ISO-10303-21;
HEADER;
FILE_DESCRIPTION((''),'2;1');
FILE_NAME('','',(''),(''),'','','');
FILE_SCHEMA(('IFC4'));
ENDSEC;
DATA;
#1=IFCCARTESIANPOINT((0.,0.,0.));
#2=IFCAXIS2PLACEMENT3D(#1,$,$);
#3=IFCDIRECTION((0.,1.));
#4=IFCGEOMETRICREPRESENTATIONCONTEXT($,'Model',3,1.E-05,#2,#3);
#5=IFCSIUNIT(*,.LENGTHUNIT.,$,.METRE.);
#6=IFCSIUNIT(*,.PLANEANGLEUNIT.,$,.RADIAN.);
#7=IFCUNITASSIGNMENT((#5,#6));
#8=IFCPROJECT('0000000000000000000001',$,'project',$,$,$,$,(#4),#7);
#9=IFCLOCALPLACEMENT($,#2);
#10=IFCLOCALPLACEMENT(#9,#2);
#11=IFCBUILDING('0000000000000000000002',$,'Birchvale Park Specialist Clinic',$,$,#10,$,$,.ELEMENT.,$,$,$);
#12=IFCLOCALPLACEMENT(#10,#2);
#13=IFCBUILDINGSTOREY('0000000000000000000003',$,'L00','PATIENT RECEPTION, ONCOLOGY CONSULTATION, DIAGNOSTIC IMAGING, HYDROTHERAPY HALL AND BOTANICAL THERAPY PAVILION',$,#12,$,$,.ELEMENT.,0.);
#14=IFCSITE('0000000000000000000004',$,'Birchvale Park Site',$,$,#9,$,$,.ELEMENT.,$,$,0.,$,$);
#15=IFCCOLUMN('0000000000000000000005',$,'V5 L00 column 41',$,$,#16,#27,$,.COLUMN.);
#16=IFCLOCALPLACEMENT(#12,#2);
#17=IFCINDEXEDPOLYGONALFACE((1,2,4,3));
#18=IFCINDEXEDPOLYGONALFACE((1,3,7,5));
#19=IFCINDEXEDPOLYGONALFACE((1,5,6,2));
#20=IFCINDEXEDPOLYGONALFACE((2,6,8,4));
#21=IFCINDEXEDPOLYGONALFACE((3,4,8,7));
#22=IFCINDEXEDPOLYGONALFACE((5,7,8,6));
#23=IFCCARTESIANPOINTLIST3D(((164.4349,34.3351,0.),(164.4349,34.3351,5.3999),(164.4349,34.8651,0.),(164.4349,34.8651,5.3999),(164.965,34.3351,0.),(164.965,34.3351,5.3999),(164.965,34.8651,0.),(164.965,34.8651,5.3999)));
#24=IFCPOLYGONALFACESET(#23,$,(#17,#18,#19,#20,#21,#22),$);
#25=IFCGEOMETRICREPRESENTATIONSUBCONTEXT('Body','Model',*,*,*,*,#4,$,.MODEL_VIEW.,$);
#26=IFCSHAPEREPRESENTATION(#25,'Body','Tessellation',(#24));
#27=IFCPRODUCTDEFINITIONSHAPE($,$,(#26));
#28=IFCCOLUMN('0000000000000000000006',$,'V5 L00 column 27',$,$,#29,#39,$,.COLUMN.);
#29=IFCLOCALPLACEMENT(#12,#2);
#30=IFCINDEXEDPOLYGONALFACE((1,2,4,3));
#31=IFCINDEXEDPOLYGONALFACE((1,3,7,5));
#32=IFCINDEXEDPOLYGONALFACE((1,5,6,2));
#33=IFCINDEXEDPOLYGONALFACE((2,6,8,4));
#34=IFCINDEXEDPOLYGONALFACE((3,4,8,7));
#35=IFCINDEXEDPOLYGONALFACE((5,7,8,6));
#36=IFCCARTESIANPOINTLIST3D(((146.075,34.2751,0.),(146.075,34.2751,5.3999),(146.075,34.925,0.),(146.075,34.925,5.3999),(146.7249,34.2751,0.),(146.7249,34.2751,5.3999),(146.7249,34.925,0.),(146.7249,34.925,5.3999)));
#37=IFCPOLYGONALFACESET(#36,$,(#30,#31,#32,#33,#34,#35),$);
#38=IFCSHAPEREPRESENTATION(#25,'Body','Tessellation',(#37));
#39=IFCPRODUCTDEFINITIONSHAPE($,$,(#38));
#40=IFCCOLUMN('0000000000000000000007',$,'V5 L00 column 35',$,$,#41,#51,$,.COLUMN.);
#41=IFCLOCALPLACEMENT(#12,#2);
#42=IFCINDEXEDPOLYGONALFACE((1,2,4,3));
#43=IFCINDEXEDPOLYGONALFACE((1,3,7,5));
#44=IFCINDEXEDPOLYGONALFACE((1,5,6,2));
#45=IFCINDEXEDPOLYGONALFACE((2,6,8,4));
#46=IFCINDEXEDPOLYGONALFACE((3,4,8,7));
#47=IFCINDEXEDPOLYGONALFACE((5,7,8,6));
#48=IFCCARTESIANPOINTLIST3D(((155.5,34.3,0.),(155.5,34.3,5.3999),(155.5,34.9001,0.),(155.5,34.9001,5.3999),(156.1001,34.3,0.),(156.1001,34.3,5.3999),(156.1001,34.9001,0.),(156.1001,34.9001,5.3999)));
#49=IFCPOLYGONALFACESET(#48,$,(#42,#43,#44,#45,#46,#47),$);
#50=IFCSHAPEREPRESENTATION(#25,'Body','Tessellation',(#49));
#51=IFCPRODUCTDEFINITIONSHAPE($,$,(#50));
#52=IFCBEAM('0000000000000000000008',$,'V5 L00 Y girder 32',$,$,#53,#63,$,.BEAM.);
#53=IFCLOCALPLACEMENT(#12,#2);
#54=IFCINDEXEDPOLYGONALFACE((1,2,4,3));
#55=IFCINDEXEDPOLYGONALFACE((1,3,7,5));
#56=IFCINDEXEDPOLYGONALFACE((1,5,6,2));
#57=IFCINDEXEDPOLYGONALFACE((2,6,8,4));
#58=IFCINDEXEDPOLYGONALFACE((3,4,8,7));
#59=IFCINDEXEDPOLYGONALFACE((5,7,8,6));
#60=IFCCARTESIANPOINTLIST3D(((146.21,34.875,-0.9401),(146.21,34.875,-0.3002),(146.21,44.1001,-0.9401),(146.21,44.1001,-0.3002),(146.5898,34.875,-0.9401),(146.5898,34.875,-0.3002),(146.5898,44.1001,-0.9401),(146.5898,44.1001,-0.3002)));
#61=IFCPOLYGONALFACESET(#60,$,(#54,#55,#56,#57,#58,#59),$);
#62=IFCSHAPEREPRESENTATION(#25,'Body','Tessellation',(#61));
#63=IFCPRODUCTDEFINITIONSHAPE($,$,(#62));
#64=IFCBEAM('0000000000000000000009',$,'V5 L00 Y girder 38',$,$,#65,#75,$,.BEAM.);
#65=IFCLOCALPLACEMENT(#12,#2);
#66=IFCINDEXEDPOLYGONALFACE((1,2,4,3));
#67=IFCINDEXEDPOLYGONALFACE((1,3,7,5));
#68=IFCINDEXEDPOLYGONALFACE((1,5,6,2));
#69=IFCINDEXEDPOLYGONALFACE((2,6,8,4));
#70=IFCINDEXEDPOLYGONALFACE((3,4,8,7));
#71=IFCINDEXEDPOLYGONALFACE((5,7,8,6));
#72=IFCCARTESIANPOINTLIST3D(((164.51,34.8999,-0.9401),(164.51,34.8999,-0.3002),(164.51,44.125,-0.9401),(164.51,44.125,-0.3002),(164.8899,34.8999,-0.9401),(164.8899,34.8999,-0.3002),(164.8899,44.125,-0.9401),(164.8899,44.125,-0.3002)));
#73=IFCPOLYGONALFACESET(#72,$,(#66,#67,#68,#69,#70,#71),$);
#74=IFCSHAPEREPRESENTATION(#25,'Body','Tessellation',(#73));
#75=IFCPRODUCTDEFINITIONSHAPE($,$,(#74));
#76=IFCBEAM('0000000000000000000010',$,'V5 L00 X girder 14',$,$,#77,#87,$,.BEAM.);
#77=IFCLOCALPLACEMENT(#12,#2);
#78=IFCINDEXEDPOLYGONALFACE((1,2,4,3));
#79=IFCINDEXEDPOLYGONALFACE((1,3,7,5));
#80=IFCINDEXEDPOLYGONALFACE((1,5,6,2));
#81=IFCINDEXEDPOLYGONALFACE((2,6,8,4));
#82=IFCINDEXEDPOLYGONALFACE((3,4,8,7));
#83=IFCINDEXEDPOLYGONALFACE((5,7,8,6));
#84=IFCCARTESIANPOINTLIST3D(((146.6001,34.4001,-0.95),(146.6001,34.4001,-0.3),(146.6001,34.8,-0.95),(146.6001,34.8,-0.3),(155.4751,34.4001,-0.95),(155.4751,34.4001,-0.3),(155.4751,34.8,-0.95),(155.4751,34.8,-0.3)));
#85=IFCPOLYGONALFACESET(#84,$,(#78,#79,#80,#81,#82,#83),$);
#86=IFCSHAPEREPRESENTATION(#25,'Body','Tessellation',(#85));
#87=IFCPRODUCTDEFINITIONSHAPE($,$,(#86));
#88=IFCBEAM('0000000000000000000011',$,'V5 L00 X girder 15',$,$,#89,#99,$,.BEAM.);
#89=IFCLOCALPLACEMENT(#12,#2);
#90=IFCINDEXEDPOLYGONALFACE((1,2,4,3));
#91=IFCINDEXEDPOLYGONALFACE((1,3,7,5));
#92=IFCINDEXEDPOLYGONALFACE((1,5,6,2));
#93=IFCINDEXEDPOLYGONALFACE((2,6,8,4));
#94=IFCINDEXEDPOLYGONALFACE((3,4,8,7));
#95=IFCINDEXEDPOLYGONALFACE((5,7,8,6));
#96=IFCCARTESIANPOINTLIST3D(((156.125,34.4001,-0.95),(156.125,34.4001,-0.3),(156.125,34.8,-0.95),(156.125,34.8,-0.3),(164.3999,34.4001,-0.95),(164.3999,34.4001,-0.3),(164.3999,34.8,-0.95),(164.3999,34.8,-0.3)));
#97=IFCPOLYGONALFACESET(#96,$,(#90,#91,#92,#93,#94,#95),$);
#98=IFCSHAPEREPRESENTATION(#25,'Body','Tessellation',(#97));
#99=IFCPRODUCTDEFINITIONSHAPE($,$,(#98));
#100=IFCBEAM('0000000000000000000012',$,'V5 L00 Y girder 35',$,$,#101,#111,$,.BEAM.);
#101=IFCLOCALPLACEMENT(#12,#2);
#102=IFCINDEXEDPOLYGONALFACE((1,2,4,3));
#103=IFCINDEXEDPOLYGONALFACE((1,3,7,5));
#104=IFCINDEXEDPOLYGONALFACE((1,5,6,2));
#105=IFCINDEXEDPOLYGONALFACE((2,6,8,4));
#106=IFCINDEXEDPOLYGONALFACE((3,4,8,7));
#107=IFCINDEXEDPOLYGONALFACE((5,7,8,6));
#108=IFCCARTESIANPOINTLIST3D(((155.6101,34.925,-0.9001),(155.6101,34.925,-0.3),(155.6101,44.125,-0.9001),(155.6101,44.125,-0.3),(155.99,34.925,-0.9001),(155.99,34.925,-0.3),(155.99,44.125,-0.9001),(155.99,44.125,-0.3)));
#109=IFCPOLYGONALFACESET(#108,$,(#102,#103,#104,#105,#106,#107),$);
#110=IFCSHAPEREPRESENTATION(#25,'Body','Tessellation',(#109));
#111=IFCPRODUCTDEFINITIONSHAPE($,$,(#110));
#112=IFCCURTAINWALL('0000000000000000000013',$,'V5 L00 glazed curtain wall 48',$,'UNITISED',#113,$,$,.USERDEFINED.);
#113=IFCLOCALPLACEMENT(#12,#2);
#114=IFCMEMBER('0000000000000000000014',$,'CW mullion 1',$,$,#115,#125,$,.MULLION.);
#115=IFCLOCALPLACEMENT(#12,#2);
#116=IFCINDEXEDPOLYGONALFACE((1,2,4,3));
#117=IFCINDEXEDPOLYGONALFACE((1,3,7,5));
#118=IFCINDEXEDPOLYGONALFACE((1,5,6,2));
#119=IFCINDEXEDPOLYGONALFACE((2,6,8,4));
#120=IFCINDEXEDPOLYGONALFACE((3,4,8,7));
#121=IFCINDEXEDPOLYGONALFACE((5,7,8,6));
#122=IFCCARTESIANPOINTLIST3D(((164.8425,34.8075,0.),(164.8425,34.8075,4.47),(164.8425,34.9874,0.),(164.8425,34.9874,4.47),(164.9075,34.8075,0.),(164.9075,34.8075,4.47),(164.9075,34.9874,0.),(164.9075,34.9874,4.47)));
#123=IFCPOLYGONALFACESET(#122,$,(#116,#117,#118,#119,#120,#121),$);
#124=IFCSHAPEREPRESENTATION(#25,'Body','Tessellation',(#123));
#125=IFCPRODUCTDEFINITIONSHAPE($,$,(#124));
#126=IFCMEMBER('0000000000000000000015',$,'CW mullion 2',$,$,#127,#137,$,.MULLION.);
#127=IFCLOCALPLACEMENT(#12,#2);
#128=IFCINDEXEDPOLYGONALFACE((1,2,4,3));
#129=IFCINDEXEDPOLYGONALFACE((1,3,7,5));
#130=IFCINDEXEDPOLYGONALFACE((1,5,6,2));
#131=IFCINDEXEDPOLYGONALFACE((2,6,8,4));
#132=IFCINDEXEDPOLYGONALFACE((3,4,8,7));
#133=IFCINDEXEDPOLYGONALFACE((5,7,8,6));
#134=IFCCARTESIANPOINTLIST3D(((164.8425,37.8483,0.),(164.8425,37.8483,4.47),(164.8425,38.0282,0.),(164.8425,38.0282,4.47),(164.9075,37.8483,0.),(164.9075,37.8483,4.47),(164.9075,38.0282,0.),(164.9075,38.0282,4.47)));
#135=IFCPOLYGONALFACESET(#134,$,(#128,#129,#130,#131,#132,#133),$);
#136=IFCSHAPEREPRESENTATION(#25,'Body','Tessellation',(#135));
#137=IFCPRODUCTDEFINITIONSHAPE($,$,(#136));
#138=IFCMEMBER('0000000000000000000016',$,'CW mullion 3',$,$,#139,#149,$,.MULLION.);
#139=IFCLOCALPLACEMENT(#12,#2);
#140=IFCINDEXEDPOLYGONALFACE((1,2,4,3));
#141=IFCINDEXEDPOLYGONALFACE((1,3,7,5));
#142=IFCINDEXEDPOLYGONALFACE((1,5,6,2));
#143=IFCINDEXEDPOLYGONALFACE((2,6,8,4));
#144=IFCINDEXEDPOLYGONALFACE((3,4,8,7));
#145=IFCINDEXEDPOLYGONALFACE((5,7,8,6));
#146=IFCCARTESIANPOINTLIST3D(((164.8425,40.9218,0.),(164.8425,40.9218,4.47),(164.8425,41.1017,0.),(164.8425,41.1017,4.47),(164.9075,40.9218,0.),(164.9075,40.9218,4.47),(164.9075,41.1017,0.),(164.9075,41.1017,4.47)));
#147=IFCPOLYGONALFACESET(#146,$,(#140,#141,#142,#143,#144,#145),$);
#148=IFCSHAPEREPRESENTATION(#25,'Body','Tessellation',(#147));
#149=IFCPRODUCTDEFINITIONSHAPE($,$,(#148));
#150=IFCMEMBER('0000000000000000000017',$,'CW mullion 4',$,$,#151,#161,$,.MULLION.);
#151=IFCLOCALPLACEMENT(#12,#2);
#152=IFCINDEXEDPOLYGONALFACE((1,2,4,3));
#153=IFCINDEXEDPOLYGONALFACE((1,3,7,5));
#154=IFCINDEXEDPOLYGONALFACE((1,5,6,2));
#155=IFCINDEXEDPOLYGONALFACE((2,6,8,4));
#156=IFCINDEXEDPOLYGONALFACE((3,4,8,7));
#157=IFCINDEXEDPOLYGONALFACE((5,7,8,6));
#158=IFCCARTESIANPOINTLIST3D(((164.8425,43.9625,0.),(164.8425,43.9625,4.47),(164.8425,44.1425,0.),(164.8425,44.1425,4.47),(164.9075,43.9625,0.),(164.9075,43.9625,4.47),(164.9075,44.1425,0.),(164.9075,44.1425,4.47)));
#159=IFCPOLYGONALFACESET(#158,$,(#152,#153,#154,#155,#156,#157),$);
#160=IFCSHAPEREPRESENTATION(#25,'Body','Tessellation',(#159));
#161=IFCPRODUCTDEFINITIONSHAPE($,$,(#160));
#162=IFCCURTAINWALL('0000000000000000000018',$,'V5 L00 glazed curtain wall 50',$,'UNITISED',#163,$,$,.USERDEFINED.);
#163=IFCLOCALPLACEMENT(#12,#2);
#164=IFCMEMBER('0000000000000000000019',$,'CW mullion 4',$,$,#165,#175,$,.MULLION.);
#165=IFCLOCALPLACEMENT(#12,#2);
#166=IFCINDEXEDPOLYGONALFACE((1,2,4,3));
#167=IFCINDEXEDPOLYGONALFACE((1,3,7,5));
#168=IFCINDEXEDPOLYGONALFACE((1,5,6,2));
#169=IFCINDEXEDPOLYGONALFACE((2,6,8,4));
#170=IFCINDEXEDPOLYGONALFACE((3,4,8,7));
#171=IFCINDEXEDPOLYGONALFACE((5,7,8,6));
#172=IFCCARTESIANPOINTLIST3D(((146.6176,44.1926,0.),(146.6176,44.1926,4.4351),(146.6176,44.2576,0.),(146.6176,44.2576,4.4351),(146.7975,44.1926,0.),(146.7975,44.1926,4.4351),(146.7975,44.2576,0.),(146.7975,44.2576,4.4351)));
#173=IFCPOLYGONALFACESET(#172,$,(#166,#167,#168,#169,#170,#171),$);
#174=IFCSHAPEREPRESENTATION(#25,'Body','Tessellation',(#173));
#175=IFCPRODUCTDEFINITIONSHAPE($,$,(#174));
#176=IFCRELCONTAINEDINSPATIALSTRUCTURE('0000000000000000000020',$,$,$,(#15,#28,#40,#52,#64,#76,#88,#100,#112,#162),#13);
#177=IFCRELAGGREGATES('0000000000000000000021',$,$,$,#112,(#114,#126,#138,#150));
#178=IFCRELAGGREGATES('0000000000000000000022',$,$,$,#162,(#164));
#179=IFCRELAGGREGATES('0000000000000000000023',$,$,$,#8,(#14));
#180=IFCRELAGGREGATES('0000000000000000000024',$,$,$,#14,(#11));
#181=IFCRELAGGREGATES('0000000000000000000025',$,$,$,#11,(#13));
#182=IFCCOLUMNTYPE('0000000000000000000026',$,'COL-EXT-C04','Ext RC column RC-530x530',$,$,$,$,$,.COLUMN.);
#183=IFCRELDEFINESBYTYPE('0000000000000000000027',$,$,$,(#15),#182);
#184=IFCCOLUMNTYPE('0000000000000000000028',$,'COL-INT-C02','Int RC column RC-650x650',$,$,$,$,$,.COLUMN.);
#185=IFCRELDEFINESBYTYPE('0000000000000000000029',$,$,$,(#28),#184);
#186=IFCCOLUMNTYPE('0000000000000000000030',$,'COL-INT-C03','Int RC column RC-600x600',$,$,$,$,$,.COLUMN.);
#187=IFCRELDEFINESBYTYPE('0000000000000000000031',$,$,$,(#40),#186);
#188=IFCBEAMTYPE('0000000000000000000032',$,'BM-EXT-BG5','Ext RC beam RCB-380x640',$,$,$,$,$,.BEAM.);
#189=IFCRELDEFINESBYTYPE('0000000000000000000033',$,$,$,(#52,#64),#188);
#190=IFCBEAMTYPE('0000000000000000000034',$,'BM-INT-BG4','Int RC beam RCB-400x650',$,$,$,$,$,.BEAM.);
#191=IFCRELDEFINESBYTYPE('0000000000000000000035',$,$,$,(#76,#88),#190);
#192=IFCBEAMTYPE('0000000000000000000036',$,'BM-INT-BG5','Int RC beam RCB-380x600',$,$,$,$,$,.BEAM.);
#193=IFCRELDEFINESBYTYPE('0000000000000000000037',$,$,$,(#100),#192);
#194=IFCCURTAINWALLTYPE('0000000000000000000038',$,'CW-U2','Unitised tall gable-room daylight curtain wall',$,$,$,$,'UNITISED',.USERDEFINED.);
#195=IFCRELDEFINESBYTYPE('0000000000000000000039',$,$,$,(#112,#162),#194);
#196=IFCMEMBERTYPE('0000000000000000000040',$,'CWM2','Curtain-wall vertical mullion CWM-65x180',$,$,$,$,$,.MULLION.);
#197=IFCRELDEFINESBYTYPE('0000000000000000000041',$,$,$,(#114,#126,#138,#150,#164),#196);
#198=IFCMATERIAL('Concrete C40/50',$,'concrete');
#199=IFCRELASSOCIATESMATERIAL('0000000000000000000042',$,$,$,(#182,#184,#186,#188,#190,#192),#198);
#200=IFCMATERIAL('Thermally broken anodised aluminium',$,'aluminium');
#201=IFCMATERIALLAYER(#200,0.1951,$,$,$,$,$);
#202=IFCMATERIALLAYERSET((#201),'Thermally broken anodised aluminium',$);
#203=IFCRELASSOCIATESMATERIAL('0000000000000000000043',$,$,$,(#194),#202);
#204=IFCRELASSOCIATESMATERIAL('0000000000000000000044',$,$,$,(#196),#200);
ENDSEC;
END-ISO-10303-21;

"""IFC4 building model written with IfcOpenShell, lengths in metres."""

from ifc_helpers import new_model, si_unit, direction, frame, origin, origin_2d, place, context, subcontext, project, spatial, rectangle, extrude, material, layer, layer_set, material_profile, profile_set, type_object, element, aggregate, save


model = new_model("IFC4")

# Units and contexts
model_context = context("Model", 3, precision=1e-05, world=origin(), true_north=direction((0.0, 1.0)))
body_context = subcontext(model_context, "Body", "Model", "MODEL_VIEW")
ifc_project = project(units=[si_unit("LENGTHUNIT", "METRE"), si_unit("PLANEANGLEUNIT", "RADIAN")], contexts=[model_context])

# Site, building, storey
site_placement = place(None, origin())
site = spatial("IfcSite", under=ifc_project, at=site_placement, Name="Birchvale Park Site", CompositionType="ELEMENT", RefElevation=0.0)
building_placement = place(site_placement, origin())
building = spatial("IfcBuilding", under=site, at=building_placement, Name="Birchvale Park Specialist Clinic", CompositionType="ELEMENT")
storey_placement = place(building_placement, origin())
storey = spatial("IfcBuildingStorey", under=building, at=storey_placement, Name="L00", Description="PATIENT RECEPTION, ONCOLOGY CONSULTATION, DIAGNOSTIC IMAGING, HYDROTHERAPY HALL AND BOTANICAL THERAPY PAVILION", CompositionType="ELEMENT", Elevation=0.0)

# Columns
ifc_material_1 = material(Name="Concrete C40/50", Category="concrete")
ifc_material_profile_1 = material_profile(ifc_material_1, rectangle(XDim=0.53, YDim=0.53, at=origin_2d()), Name="RC-530x530")
ifc_profile_set_1 = profile_set([ifc_material_profile_1], Name="Concrete C40/50")
column_type_1 = type_object("IfcColumnType", Name="COL-EXT-C04", Description="Ext RC column RC-530x530", PredefinedType="COLUMN", material=ifc_profile_set_1)
column_1_placement = place(storey_placement, frame((164.7, 34.6001, 0.0), z_axis=(0.0, 0.0, 1.0), x_axis=(1.0, 0.0, 0.0)))
element("IfcColumn", 1, at=column_1_placement, inside=storey, type_object=column_type_1, Name="V5 L00 column 41", PredefinedType="COLUMN", context=body_context, shape_type="SweptSolid", body=[
    extrude(rectangle(XDim=0.53, YDim=0.53, at=origin_2d()), origin(), (0.0, 0.0, 1.0), 5.3999),
])
ifc_material_profile_2 = material_profile(ifc_material_1, rectangle(XDim=0.6499, YDim=0.6499, at=origin_2d()), Name="RC-650x650")
ifc_profile_set_2 = profile_set([ifc_material_profile_2], Name="Concrete C40/50")
column_type_2 = type_object("IfcColumnType", Name="COL-INT-C02", Description="Int RC column RC-650x650", PredefinedType="COLUMN", material=ifc_profile_set_2)
column_2_placement = place(storey_placement, frame((146.3999, 34.6001, 0.0), z_axis=(0.0, 0.0, 1.0), x_axis=(1.0, 0.0, 0.0)))
element("IfcColumn", 2, at=column_2_placement, inside=storey, type_object=column_type_2, Name="V5 L00 column 27", PredefinedType="COLUMN", context=body_context, shape_type="SweptSolid", body=[
    extrude(rectangle(XDim=0.6499, YDim=0.6499, at=origin_2d()), origin(), (0.0, 0.0, 1.0), 5.3999),
])
ifc_material_profile_3 = material_profile(ifc_material_1, rectangle(XDim=0.6001, YDim=0.6001, at=origin_2d()), Name="RC-600x600")
ifc_profile_set_3 = profile_set([ifc_material_profile_3], Name="Concrete C40/50")
column_type_3 = type_object("IfcColumnType", Name="COL-INT-C03", Description="Int RC column RC-600x600", PredefinedType="COLUMN", material=ifc_profile_set_3)
column_3_placement = place(storey_placement, frame((155.8, 34.6001, 0.0), z_axis=(0.0, 0.0, 1.0), x_axis=(1.0, 0.0, 0.0)))
element("IfcColumn", 3, at=column_3_placement, inside=storey, type_object=column_type_3, Name="V5 L00 column 35", PredefinedType="COLUMN", context=body_context, shape_type="SweptSolid", body=[
    extrude(rectangle(XDim=0.6001, YDim=0.6001, at=origin_2d()), origin(), (0.0, 0.0, 1.0), 5.3999),
])

# Beams
ifc_material_profile_4 = material_profile(ifc_material_1, rectangle(XDim=0.3799, YDim=0.6399, at=origin_2d()), Name="RCB-380x640")
ifc_profile_set_4 = profile_set([ifc_material_profile_4], Name="Concrete C40/50")
beam_type_1 = type_object("IfcBeamType", Name="BM-EXT-BG5", Description="Ext RC beam RCB-380x640", PredefinedType="BEAM", material=ifc_profile_set_4)
for number, where, z_axis, x_axis, name in (
    (4, (146.3999, 34.875, -0.6201), (0.0, 1.0, 0.0), (-1.0, 0.0, 0.0), "V5 L00 Y girder 32"),
    (5, (164.7, 34.8999, -0.6201), (0.0, 1.0, 0.0), (-1.0, 0.0, 0.0), "V5 L00 Y girder 38"),
):
    element("IfcBeam", number, at=place(storey_placement, frame(where, z_axis=z_axis, x_axis=x_axis)), inside=storey, type_object=beam_type_1, Name=name, PredefinedType="BEAM", context=body_context, shape_type="SweptSolid", body=[
        extrude(rectangle(XDim=0.3799, YDim=0.6399, at=origin_2d()), origin(), (0.0, 0.0, 1.0), 9.2251),
    ])
ifc_material_profile_5 = material_profile(ifc_material_1, rectangle(XDim=0.3999, YDim=0.6499, at=origin_2d()), Name="RCB-400x650")
ifc_profile_set_5 = profile_set([ifc_material_profile_5], Name="Concrete C40/50")
beam_type_2 = type_object("IfcBeamType", Name="BM-INT-BG4", Description="Int RC beam RCB-400x650", PredefinedType="BEAM", material=ifc_profile_set_5)
beam_1_placement = place(storey_placement, frame((146.6001, 34.6001, -0.625), z_axis=(1.0, 0.0, 0.0), x_axis=(0.0, 1.0, 0.0)))
element("IfcBeam", 6, at=beam_1_placement, inside=storey, type_object=beam_type_2, Name="V5 L00 X girder 14", PredefinedType="BEAM", context=body_context, shape_type="SweptSolid", body=[
    extrude(rectangle(XDim=0.3999, YDim=0.6499, at=origin_2d()), origin(), (0.0, 0.0, 1.0), 8.875),
])
beam_2_placement = place(storey_placement, frame((156.125, 34.6001, -0.625), z_axis=(1.0, 0.0, 0.0), x_axis=(0.0, 1.0, 0.0)))
element("IfcBeam", 7, at=beam_2_placement, inside=storey, type_object=beam_type_2, Name="V5 L00 X girder 15", PredefinedType="BEAM", context=body_context, shape_type="SweptSolid", body=[
    extrude(rectangle(XDim=0.3999, YDim=0.6499, at=origin_2d()), origin(), (0.0, 0.0, 1.0), 8.2749),
])
ifc_material_profile_6 = material_profile(ifc_material_1, rectangle(XDim=0.3799, YDim=0.6001, at=origin_2d()), Name="RCB-380x600")
ifc_profile_set_6 = profile_set([ifc_material_profile_6], Name="Concrete C40/50")
beam_type_3 = type_object("IfcBeamType", Name="BM-INT-BG5", Description="Int RC beam RCB-380x600", PredefinedType="BEAM", material=ifc_profile_set_6)
beam_3_placement = place(storey_placement, frame((155.8, 34.925, -0.6001), z_axis=(0.0, 1.0, 0.0), x_axis=(-1.0, 0.0, 0.0)))
element("IfcBeam", 8, at=beam_3_placement, inside=storey, type_object=beam_type_3, Name="V5 L00 Y girder 35", PredefinedType="BEAM", context=body_context, shape_type="SweptSolid", body=[
    extrude(rectangle(XDim=0.3799, YDim=0.6001, at=origin_2d()), origin(), (0.0, 0.0, 1.0), 9.2),
])

# Curtain wall, members
ifc_material_2 = material(Name="Thermally broken anodised aluminium", Category="aluminium")
ifc_layer_1 = layer(ifc_material_2, 0.1951)
ifc_layer_set_1 = layer_set([ifc_layer_1], Name="Thermally broken anodised aluminium")
curtain_wall_type = type_object("IfcCurtainWallType", Name="CW-U2", Description="Unitised tall gable-room daylight curtain wall", ElementType="UNITISED", PredefinedType="USERDEFINED", material=ifc_layer_set_1)
curtain_wall_1_placement = place(storey_placement, origin())
curtain_wall_1 = element("IfcCurtainWall", 9, at=curtain_wall_1_placement, inside=storey, type_object=curtain_wall_type, Name="V5 L00 glazed curtain wall 48", ObjectType="UNITISED", PredefinedType="USERDEFINED")
ifc_material_profile_7 = material_profile(ifc_material_2, rectangle(XDim=0.0649, YDim=0.1799, at=origin_2d()), Name="CWM-65x180")
ifc_profile_set_7 = profile_set([ifc_material_profile_7], Name="Thermally broken anodised aluminium")
member_type_1 = type_object("IfcMemberType", Name="CWM2", Description="Curtain-wall vertical mullion CWM-65x180", PredefinedType="MULLION", material=ifc_profile_set_7)
member_1_placement = place(storey_placement, frame((164.875, 34.8975, 0.0), z_axis=(0.0, 0.0, 1.0), x_axis=(-1.0, 0.0, 0.0)))
member_1 = element("IfcMember", 10, at=member_1_placement, type_object=member_type_1, Name="CW mullion 1", PredefinedType="MULLION", context=body_context, shape_type="SweptSolid", body=[
    extrude(rectangle(XDim=0.0649, YDim=0.1799, at=origin_2d()), origin(), (0.0, 0.0, 1.0), 4.47),
])
member_2_placement = place(storey_placement, frame((164.875, 37.9382, 0.0), z_axis=(0.0, 0.0, 1.0), x_axis=(-1.0, 0.0, 0.0)))
member_2 = element("IfcMember", 11, at=member_2_placement, type_object=member_type_1, Name="CW mullion 2", PredefinedType="MULLION", context=body_context, shape_type="SweptSolid", body=[
    extrude(rectangle(XDim=0.0649, YDim=0.1799, at=origin_2d()), origin(), (0.0, 0.0, 1.0), 4.47),
])
member_3_placement = place(storey_placement, frame((164.875, 41.0117, 0.0), z_axis=(0.0, 0.0, 1.0), x_axis=(-1.0, 0.0, 0.0)))
member_3 = element("IfcMember", 12, at=member_3_placement, type_object=member_type_1, Name="CW mullion 3", PredefinedType="MULLION", context=body_context, shape_type="SweptSolid", body=[
    extrude(rectangle(XDim=0.0649, YDim=0.1799, at=origin_2d()), origin(), (0.0, 0.0, 1.0), 4.47),
])
member_4_placement = place(storey_placement, frame((164.875, 44.0525, 0.0), z_axis=(0.0, 0.0, 1.0), x_axis=(-1.0, 0.0, 0.0)))
member_4 = element("IfcMember", 13, at=member_4_placement, type_object=member_type_1, Name="CW mullion 4", PredefinedType="MULLION", context=body_context, shape_type="SweptSolid", body=[
    extrude(rectangle(XDim=0.0649, YDim=0.1799, at=origin_2d()), origin(), (0.0, 0.0, 1.0), 4.47),
])

# Curtain wall, member
curtain_wall_2_placement = place(storey_placement, origin())
curtain_wall_2 = element("IfcCurtainWall", 14, at=curtain_wall_2_placement, inside=storey, type_object=curtain_wall_type, Name="V5 L00 glazed curtain wall 50", ObjectType="UNITISED", PredefinedType="USERDEFINED")
member_5_placement = place(storey_placement, frame((146.7075, 44.2251, 0.0), z_axis=(0.0, 0.0, 1.0), x_axis=(0.0, -1.0, 0.0)))
member_5 = element("IfcMember", 15, at=member_5_placement, type_object=member_type_1, Name="CW mullion 4", PredefinedType="MULLION", context=body_context, shape_type="SweptSolid", body=[
    extrude(rectangle(XDim=0.0649, YDim=0.1799, at=origin_2d()), origin(), (0.0, 0.0, 1.0), 4.4351),
])

aggregate(curtain_wall_1, [member_1, member_2, member_3, member_4])
aggregate(curtain_wall_2, [member_5])

save(model, "model.ifc")
